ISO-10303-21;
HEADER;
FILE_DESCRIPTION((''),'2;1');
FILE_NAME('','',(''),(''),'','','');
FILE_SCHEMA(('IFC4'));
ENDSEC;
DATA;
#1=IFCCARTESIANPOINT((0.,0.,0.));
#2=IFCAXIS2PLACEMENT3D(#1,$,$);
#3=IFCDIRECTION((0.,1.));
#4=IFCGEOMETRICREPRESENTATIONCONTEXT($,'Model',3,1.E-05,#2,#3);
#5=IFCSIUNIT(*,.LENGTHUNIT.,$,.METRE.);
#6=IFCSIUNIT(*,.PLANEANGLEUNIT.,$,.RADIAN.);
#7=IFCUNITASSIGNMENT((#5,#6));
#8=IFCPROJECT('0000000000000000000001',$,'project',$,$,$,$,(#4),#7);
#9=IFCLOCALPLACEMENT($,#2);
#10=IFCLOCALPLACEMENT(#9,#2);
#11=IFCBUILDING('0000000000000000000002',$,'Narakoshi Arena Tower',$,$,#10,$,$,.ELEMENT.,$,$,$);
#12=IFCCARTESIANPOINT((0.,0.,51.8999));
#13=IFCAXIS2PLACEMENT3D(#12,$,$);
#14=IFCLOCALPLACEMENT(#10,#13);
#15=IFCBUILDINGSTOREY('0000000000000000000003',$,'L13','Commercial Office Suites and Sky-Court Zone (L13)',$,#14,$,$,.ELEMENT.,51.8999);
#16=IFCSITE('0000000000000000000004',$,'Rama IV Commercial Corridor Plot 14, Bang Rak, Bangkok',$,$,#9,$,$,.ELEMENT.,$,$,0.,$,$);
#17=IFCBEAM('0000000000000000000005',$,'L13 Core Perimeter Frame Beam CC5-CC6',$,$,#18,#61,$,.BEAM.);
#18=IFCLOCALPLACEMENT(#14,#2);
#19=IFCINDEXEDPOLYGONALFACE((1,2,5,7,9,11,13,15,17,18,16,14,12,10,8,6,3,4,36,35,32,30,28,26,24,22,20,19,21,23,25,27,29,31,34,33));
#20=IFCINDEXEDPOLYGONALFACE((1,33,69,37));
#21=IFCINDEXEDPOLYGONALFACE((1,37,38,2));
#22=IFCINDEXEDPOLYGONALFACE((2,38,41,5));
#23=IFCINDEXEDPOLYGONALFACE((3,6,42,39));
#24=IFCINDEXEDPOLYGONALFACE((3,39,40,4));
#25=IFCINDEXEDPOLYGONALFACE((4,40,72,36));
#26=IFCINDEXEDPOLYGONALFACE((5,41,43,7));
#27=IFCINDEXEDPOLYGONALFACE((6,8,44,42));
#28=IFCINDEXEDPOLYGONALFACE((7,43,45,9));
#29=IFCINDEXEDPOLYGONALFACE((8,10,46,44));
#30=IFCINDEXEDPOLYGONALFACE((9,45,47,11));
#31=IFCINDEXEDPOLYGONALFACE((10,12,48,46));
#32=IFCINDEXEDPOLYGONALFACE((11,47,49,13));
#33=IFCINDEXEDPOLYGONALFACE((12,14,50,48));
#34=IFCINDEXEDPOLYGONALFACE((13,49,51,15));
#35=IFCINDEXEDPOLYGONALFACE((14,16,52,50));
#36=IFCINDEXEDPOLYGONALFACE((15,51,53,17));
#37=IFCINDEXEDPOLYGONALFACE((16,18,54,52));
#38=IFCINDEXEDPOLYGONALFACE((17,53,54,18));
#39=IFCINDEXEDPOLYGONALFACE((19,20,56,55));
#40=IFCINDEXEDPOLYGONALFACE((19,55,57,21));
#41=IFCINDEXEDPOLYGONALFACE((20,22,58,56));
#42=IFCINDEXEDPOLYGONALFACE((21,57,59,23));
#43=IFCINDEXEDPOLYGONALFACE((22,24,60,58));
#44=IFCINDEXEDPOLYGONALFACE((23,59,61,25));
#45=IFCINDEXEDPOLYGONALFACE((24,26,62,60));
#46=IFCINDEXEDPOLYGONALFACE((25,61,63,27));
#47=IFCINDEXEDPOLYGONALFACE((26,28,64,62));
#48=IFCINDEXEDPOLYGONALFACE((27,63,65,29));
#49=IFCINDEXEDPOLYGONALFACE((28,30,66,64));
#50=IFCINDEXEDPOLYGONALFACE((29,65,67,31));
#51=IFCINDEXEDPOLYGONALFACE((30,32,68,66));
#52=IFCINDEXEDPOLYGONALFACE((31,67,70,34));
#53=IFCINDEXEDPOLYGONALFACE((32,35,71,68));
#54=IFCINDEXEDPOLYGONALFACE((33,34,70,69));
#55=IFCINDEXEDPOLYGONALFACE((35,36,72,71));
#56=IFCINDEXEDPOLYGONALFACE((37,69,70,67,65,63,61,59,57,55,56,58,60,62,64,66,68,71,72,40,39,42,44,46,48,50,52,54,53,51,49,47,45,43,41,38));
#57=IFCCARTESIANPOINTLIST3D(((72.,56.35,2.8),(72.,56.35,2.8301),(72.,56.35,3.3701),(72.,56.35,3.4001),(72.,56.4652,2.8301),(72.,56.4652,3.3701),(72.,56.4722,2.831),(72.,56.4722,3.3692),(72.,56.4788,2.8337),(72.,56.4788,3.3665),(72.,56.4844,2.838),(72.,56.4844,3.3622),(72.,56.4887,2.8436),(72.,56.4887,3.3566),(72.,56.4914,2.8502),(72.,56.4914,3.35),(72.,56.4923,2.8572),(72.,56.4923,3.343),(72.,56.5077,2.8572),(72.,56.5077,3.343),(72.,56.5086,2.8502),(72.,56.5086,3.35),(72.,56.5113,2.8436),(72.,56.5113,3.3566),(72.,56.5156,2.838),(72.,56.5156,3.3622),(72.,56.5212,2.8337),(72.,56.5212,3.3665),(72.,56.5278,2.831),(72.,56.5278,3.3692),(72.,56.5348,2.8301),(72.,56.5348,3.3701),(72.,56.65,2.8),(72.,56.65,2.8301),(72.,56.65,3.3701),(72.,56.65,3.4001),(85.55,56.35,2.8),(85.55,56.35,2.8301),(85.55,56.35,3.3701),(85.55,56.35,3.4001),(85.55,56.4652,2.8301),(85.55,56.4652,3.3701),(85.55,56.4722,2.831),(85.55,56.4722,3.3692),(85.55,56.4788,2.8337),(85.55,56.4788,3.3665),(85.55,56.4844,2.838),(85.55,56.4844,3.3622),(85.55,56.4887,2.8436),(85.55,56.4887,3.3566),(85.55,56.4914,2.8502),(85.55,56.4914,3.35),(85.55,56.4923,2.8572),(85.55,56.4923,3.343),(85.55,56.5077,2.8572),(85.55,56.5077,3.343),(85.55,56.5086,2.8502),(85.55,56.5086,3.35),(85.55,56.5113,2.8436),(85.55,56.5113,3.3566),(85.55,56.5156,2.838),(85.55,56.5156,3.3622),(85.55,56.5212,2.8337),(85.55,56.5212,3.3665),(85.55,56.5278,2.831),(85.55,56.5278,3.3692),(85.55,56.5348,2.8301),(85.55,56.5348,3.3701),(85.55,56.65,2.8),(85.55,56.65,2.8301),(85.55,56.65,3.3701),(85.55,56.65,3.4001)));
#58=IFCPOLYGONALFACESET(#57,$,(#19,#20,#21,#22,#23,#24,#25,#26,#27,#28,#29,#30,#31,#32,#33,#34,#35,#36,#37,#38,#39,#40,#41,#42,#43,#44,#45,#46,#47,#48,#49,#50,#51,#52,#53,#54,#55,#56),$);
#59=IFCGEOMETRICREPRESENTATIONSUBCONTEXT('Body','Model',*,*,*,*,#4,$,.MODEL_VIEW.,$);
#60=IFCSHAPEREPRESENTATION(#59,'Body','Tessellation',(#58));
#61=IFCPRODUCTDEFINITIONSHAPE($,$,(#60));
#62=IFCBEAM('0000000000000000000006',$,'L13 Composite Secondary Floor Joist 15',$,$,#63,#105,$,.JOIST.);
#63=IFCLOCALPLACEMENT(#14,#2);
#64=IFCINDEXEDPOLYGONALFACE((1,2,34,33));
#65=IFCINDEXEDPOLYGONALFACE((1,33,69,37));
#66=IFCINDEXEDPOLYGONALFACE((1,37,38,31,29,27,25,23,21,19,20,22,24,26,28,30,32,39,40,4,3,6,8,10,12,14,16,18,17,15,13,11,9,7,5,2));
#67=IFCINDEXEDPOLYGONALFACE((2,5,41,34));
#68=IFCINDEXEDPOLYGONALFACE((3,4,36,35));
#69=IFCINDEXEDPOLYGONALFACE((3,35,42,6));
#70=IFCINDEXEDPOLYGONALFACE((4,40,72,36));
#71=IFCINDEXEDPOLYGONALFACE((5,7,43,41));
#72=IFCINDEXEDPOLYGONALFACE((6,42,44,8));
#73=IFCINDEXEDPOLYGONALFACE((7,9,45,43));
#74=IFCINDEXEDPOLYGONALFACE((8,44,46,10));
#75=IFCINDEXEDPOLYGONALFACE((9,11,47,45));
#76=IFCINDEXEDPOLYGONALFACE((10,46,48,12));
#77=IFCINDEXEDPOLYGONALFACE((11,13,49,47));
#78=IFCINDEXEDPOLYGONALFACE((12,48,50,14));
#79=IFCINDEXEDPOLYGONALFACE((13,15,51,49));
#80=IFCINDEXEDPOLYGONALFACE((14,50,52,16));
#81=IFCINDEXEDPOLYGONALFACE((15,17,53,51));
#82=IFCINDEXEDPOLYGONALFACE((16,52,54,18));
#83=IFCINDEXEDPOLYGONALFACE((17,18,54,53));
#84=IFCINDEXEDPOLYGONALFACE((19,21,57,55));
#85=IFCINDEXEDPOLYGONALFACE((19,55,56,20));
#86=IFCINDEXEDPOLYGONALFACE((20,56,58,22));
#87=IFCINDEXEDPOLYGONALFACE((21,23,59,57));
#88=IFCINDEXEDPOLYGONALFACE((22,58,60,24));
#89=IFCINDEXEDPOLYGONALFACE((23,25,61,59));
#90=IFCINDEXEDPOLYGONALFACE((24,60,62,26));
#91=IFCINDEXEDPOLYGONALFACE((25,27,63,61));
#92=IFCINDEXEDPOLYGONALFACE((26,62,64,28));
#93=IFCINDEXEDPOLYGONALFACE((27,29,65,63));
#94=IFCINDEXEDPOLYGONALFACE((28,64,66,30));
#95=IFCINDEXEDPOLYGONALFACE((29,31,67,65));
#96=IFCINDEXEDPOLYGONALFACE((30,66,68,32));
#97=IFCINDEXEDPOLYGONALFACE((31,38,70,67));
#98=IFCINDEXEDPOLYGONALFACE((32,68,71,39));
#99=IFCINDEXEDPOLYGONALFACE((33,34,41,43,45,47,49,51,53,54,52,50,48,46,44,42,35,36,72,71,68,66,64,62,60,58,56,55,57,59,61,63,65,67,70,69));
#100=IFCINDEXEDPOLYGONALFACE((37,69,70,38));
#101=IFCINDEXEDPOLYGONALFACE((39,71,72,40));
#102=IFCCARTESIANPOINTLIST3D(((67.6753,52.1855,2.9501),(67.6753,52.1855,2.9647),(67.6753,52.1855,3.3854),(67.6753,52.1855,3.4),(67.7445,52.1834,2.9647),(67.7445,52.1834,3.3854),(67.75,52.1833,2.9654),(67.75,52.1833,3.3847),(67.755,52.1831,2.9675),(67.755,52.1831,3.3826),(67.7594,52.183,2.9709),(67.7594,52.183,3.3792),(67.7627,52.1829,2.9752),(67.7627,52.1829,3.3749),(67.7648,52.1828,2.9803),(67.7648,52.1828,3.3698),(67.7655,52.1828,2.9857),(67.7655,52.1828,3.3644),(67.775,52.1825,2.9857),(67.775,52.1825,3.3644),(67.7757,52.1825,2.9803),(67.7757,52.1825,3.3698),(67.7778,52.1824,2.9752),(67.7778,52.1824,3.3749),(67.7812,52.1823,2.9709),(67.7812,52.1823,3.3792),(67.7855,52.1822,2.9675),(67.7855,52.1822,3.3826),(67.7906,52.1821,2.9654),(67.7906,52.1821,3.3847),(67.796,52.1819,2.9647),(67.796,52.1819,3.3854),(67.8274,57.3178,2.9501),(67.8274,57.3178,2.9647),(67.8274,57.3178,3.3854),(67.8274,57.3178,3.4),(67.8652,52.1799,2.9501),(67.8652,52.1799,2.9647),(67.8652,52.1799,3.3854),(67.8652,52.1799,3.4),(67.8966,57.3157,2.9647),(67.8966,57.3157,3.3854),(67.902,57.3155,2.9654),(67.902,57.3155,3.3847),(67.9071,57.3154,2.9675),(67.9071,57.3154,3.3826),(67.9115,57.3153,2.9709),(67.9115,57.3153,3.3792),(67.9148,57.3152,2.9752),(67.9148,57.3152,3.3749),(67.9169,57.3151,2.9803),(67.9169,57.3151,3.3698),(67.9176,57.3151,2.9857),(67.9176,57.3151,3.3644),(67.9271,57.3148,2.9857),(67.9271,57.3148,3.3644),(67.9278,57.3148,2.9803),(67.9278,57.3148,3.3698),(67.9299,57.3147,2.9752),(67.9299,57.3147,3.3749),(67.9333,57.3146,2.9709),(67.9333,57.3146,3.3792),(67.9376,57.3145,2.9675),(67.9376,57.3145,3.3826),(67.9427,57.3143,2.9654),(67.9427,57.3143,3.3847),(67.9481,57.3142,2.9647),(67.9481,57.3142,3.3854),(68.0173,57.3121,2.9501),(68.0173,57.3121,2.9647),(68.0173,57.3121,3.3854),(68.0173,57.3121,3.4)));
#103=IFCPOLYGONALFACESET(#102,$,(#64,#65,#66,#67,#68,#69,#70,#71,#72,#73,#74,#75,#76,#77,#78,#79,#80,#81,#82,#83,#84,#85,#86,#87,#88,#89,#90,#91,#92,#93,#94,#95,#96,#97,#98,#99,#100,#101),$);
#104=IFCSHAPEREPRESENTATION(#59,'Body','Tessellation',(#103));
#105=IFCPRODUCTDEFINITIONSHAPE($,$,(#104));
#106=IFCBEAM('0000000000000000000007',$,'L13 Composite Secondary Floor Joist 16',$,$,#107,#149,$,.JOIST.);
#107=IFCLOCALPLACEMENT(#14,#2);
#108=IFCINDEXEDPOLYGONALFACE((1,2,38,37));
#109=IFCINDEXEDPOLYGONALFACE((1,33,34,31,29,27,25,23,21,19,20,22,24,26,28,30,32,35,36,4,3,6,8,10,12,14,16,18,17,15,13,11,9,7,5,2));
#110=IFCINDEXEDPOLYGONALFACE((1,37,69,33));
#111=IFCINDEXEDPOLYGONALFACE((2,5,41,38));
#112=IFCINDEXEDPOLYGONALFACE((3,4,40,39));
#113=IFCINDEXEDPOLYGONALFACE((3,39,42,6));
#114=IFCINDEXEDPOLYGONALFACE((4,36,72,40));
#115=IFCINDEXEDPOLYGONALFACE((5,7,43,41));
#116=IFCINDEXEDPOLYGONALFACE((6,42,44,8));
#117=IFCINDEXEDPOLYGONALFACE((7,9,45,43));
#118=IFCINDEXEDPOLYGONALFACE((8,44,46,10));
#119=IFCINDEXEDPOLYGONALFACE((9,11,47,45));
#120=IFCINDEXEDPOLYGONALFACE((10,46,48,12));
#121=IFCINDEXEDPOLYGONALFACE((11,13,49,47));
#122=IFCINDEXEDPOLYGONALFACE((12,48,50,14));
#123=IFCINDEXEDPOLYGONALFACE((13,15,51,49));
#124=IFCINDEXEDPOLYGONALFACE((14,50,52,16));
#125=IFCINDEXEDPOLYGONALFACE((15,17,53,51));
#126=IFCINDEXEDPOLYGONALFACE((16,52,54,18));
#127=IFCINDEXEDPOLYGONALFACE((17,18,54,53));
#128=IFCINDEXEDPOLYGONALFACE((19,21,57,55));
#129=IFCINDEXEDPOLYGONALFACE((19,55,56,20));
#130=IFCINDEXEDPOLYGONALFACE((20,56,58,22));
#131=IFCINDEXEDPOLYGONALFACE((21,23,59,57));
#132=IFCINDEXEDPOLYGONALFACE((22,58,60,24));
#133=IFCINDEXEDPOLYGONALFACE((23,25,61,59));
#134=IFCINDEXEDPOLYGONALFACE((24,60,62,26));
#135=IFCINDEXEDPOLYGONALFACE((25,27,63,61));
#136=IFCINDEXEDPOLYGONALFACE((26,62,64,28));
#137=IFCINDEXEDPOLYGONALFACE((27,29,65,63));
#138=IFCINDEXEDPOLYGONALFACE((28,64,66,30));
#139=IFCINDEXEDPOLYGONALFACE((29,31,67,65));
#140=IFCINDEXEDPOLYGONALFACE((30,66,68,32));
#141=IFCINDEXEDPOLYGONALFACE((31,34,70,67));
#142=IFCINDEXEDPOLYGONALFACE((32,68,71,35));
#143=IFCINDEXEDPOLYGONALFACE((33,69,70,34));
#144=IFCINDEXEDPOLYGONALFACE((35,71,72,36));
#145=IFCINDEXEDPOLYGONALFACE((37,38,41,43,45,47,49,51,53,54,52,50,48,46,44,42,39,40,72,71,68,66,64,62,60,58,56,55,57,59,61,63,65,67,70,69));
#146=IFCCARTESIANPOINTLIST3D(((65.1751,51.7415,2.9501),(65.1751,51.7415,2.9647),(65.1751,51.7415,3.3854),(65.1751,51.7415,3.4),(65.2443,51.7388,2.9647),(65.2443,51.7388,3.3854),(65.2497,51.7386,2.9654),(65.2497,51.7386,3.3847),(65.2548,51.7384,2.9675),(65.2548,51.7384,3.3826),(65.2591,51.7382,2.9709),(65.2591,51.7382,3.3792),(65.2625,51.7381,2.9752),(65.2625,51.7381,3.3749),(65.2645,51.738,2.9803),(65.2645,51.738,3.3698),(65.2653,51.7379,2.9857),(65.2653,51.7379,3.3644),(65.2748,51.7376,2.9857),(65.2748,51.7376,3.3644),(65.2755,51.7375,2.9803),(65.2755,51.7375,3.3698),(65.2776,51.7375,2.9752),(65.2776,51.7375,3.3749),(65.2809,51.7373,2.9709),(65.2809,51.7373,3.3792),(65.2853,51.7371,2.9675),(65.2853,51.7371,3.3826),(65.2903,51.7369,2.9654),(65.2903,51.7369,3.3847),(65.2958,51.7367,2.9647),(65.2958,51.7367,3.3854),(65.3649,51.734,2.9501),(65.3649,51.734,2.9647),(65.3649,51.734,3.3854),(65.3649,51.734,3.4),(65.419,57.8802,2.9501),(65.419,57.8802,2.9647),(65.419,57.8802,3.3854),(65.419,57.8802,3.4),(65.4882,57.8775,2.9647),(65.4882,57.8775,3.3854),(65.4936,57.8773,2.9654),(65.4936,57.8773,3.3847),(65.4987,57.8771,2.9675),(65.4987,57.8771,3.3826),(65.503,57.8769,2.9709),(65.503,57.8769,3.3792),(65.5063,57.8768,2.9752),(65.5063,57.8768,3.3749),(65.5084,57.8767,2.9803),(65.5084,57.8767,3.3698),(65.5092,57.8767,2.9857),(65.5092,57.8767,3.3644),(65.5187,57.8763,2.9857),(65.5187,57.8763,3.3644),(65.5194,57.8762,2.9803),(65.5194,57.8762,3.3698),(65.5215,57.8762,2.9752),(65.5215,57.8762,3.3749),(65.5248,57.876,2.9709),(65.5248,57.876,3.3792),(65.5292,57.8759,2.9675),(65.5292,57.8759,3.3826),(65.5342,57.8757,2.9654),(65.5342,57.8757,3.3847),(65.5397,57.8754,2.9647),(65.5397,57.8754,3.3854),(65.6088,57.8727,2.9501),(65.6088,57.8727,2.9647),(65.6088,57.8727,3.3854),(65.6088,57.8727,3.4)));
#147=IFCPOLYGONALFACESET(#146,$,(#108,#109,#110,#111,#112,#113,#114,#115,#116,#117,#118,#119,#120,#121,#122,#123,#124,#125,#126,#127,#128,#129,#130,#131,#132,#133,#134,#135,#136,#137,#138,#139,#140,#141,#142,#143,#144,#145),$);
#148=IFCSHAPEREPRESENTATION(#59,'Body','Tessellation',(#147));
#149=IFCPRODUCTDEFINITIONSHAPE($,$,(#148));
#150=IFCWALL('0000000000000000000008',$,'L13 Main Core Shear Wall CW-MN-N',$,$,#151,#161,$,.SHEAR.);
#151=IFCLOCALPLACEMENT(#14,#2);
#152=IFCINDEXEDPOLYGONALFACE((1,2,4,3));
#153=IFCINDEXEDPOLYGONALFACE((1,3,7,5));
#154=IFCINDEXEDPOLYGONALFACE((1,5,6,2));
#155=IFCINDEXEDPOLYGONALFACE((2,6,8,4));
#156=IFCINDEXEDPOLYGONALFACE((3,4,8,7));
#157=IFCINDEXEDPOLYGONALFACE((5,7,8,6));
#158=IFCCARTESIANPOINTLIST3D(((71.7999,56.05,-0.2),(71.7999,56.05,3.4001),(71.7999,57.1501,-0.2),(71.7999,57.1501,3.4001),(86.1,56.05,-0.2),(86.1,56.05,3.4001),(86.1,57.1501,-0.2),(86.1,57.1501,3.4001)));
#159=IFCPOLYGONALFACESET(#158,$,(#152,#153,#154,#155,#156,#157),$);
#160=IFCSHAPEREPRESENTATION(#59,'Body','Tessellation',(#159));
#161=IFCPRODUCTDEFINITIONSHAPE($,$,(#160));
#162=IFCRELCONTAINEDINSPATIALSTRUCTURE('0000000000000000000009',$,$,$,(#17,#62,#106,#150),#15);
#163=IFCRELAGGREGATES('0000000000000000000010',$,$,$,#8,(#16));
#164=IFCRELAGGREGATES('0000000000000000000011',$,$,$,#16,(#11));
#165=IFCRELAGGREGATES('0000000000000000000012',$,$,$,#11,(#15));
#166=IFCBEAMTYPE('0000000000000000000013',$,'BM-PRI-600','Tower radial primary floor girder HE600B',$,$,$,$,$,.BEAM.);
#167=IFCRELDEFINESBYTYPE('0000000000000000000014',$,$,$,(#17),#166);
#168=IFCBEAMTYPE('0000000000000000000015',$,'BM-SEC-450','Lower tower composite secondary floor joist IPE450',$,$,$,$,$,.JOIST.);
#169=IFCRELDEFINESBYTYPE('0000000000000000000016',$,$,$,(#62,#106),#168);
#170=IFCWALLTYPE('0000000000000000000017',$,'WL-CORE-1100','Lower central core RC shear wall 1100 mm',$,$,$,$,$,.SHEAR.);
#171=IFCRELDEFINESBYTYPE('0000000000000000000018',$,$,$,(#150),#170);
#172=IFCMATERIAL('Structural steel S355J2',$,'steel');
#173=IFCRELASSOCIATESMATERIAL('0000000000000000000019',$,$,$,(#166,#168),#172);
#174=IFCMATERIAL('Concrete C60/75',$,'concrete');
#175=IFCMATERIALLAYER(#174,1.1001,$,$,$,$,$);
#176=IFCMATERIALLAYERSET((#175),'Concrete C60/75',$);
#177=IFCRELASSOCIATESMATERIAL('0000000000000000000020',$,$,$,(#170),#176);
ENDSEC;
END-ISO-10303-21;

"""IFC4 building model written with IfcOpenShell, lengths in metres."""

from ifc_helpers import new_model, si_unit, direction, frame, frame_2d, origin, origin_2d, place, context, subcontext, project, spatial, rectangle, i_section, extrude, material, layer, layer_set, material_profile, profile_set, type_object, element, save


model = new_model("IFC4")

# Units and contexts
model_context = context("Model", 3, precision=1e-05, world=origin(), true_north=direction((0.0, 1.0)))
body_context = subcontext(model_context, "Body", "Model", "MODEL_VIEW")
ifc_project = project(units=[si_unit("LENGTHUNIT", "METRE"), si_unit("PLANEANGLEUNIT", "RADIAN")], contexts=[model_context])

# Site, building, storey
site_placement = place(None, origin())
site = spatial("IfcSite", under=ifc_project, at=site_placement, Name="Rama IV Commercial Corridor Plot 14, Bang Rak, Bangkok", CompositionType="ELEMENT", RefElevation=0.0)
building_placement = place(site_placement, origin())
building = spatial("IfcBuilding", under=site, at=building_placement, Name="Narakoshi Arena Tower", CompositionType="ELEMENT")
storey_placement = place(building_placement, frame((0.0, 0.0, 51.8999)))
storey = spatial("IfcBuildingStorey", under=building, at=storey_placement, Name="L13", Description="Commercial Office Suites and Sky-Court Zone (L13)", CompositionType="ELEMENT", Elevation=51.8999)

# Shared definitions
ifc_material_1 = material(Name="Concrete C60/75", Category="concrete")

# Beams
ifc_material_2 = material(Name="Structural steel S355J2", Category="steel")
ifc_material_profile_1 = material_profile(ifc_material_2, i_section(OverallWidth=0.3, OverallDepth=0.6001, WebThickness=0.0154, FlangeThickness=0.03, FilletRadius=0.0271, at=origin_2d()), Name="HE600B")
ifc_profile_set_1 = profile_set([ifc_material_profile_1], Name="Structural steel S355J2")
beam_type_1 = type_object("IfcBeamType", Name="BM-PRI-600", Description="Tower radial primary floor girder HE600B", PredefinedType="BEAM", material=ifc_profile_set_1)
beam_1_placement = place(storey_placement, frame((72.0, 56.5, 3.1001), z_axis=(1.0, 0.0, 0.0), x_axis=(0.0, 1.0, 0.0)))
element("IfcBeam", 1, at=beam_1_placement, inside=storey, type_object=beam_type_1, Name="L13 Core Perimeter Frame Beam CC5-CC6", PredefinedType="BEAM", context=body_context, shape_type="SweptSolid", body=[
    extrude(i_section(OverallWidth=0.3, OverallDepth=0.6001, WebThickness=0.0154, FlangeThickness=0.03, FilletRadius=0.0271, at=origin_2d()), origin(), (0.0, 0.0, 1.0), 13.55),
])
ifc_material_profile_2 = material_profile(ifc_material_2, i_section(OverallWidth=0.1899, OverallDepth=0.45, WebThickness=0.0095, FlangeThickness=0.0146, FilletRadius=0.021, at=origin_2d()), Name="IPE450")
ifc_profile_set_2 = profile_set([ifc_material_profile_2], Name="Structural steel S355J2")
beam_type_2 = type_object("IfcBeamType", Name="BM-SEC-450", Description="Lower tower composite secondary floor joist IPE450", PredefinedType="JOIST", material=ifc_profile_set_2)
beam_2_placement = place(storey_placement, frame((67.9224, 57.3149, 3.175), z_axis=(-0.029623, -0.999561, 0.0), x_axis=(0.999561, -0.029623, 0.0)))
element("IfcBeam", 2, at=beam_2_placement, inside=storey, type_object=beam_type_2, Name="L13 Composite Secondary Floor Joist 15", PredefinedType="JOIST", context=body_context, shape_type="SweptSolid", body=[
    extrude(i_section(OverallWidth=0.1899, OverallDepth=0.45, WebThickness=0.0095, FlangeThickness=0.0146, FilletRadius=0.021, at=origin_2d()), origin(), (0.0, 0.0, 1.0), 5.1345),
])
beam_3_placement = place(storey_placement, frame((65.5139, 57.8765, 3.175), z_axis=(-0.0397, -0.999212, 0.0), x_axis=(0.999212, -0.0397, 0.0)))
element("IfcBeam", 3, at=beam_3_placement, inside=storey, type_object=beam_type_2, Name="L13 Composite Secondary Floor Joist 16", PredefinedType="JOIST", context=body_context, shape_type="SweptSolid", body=[
    extrude(i_section(OverallWidth=0.1899, OverallDepth=0.45, WebThickness=0.0095, FlangeThickness=0.0146, FilletRadius=0.021, at=origin_2d()), origin(), (0.0, 0.0, 1.0), 6.1436),
])

# Wall
ifc_layer_1 = layer(ifc_material_1, 1.1001)
ifc_layer_set_1 = layer_set([ifc_layer_1], Name="Concrete C60/75")
wall_type_1 = type_object("IfcWallType", Name="WL-CORE-1100", Description="Lower central core RC shear wall 1100 mm", PredefinedType="SHEAR", material=ifc_layer_set_1)
wall_1_placement = place(storey_placement, frame((71.8, 56.6001, -0.2), z_axis=(0.0, 0.0, 1.0), x_axis=(1.0, 0.0, 0.0)))
element("IfcWall", 4, at=wall_1_placement, inside=storey, type_object=wall_type_1, Name="L13 Main Core Shear Wall CW-MN-N", PredefinedType="SHEAR", context=body_context, shape_type="SweptSolid", body=[
    extrude(rectangle(XDim=14.3, YDim=1.1001, at=frame_2d((7.1499, 0.0))), origin(), (0.0, 0.0, 1.0), 3.6001),
])

save(model, "model.ifc")
